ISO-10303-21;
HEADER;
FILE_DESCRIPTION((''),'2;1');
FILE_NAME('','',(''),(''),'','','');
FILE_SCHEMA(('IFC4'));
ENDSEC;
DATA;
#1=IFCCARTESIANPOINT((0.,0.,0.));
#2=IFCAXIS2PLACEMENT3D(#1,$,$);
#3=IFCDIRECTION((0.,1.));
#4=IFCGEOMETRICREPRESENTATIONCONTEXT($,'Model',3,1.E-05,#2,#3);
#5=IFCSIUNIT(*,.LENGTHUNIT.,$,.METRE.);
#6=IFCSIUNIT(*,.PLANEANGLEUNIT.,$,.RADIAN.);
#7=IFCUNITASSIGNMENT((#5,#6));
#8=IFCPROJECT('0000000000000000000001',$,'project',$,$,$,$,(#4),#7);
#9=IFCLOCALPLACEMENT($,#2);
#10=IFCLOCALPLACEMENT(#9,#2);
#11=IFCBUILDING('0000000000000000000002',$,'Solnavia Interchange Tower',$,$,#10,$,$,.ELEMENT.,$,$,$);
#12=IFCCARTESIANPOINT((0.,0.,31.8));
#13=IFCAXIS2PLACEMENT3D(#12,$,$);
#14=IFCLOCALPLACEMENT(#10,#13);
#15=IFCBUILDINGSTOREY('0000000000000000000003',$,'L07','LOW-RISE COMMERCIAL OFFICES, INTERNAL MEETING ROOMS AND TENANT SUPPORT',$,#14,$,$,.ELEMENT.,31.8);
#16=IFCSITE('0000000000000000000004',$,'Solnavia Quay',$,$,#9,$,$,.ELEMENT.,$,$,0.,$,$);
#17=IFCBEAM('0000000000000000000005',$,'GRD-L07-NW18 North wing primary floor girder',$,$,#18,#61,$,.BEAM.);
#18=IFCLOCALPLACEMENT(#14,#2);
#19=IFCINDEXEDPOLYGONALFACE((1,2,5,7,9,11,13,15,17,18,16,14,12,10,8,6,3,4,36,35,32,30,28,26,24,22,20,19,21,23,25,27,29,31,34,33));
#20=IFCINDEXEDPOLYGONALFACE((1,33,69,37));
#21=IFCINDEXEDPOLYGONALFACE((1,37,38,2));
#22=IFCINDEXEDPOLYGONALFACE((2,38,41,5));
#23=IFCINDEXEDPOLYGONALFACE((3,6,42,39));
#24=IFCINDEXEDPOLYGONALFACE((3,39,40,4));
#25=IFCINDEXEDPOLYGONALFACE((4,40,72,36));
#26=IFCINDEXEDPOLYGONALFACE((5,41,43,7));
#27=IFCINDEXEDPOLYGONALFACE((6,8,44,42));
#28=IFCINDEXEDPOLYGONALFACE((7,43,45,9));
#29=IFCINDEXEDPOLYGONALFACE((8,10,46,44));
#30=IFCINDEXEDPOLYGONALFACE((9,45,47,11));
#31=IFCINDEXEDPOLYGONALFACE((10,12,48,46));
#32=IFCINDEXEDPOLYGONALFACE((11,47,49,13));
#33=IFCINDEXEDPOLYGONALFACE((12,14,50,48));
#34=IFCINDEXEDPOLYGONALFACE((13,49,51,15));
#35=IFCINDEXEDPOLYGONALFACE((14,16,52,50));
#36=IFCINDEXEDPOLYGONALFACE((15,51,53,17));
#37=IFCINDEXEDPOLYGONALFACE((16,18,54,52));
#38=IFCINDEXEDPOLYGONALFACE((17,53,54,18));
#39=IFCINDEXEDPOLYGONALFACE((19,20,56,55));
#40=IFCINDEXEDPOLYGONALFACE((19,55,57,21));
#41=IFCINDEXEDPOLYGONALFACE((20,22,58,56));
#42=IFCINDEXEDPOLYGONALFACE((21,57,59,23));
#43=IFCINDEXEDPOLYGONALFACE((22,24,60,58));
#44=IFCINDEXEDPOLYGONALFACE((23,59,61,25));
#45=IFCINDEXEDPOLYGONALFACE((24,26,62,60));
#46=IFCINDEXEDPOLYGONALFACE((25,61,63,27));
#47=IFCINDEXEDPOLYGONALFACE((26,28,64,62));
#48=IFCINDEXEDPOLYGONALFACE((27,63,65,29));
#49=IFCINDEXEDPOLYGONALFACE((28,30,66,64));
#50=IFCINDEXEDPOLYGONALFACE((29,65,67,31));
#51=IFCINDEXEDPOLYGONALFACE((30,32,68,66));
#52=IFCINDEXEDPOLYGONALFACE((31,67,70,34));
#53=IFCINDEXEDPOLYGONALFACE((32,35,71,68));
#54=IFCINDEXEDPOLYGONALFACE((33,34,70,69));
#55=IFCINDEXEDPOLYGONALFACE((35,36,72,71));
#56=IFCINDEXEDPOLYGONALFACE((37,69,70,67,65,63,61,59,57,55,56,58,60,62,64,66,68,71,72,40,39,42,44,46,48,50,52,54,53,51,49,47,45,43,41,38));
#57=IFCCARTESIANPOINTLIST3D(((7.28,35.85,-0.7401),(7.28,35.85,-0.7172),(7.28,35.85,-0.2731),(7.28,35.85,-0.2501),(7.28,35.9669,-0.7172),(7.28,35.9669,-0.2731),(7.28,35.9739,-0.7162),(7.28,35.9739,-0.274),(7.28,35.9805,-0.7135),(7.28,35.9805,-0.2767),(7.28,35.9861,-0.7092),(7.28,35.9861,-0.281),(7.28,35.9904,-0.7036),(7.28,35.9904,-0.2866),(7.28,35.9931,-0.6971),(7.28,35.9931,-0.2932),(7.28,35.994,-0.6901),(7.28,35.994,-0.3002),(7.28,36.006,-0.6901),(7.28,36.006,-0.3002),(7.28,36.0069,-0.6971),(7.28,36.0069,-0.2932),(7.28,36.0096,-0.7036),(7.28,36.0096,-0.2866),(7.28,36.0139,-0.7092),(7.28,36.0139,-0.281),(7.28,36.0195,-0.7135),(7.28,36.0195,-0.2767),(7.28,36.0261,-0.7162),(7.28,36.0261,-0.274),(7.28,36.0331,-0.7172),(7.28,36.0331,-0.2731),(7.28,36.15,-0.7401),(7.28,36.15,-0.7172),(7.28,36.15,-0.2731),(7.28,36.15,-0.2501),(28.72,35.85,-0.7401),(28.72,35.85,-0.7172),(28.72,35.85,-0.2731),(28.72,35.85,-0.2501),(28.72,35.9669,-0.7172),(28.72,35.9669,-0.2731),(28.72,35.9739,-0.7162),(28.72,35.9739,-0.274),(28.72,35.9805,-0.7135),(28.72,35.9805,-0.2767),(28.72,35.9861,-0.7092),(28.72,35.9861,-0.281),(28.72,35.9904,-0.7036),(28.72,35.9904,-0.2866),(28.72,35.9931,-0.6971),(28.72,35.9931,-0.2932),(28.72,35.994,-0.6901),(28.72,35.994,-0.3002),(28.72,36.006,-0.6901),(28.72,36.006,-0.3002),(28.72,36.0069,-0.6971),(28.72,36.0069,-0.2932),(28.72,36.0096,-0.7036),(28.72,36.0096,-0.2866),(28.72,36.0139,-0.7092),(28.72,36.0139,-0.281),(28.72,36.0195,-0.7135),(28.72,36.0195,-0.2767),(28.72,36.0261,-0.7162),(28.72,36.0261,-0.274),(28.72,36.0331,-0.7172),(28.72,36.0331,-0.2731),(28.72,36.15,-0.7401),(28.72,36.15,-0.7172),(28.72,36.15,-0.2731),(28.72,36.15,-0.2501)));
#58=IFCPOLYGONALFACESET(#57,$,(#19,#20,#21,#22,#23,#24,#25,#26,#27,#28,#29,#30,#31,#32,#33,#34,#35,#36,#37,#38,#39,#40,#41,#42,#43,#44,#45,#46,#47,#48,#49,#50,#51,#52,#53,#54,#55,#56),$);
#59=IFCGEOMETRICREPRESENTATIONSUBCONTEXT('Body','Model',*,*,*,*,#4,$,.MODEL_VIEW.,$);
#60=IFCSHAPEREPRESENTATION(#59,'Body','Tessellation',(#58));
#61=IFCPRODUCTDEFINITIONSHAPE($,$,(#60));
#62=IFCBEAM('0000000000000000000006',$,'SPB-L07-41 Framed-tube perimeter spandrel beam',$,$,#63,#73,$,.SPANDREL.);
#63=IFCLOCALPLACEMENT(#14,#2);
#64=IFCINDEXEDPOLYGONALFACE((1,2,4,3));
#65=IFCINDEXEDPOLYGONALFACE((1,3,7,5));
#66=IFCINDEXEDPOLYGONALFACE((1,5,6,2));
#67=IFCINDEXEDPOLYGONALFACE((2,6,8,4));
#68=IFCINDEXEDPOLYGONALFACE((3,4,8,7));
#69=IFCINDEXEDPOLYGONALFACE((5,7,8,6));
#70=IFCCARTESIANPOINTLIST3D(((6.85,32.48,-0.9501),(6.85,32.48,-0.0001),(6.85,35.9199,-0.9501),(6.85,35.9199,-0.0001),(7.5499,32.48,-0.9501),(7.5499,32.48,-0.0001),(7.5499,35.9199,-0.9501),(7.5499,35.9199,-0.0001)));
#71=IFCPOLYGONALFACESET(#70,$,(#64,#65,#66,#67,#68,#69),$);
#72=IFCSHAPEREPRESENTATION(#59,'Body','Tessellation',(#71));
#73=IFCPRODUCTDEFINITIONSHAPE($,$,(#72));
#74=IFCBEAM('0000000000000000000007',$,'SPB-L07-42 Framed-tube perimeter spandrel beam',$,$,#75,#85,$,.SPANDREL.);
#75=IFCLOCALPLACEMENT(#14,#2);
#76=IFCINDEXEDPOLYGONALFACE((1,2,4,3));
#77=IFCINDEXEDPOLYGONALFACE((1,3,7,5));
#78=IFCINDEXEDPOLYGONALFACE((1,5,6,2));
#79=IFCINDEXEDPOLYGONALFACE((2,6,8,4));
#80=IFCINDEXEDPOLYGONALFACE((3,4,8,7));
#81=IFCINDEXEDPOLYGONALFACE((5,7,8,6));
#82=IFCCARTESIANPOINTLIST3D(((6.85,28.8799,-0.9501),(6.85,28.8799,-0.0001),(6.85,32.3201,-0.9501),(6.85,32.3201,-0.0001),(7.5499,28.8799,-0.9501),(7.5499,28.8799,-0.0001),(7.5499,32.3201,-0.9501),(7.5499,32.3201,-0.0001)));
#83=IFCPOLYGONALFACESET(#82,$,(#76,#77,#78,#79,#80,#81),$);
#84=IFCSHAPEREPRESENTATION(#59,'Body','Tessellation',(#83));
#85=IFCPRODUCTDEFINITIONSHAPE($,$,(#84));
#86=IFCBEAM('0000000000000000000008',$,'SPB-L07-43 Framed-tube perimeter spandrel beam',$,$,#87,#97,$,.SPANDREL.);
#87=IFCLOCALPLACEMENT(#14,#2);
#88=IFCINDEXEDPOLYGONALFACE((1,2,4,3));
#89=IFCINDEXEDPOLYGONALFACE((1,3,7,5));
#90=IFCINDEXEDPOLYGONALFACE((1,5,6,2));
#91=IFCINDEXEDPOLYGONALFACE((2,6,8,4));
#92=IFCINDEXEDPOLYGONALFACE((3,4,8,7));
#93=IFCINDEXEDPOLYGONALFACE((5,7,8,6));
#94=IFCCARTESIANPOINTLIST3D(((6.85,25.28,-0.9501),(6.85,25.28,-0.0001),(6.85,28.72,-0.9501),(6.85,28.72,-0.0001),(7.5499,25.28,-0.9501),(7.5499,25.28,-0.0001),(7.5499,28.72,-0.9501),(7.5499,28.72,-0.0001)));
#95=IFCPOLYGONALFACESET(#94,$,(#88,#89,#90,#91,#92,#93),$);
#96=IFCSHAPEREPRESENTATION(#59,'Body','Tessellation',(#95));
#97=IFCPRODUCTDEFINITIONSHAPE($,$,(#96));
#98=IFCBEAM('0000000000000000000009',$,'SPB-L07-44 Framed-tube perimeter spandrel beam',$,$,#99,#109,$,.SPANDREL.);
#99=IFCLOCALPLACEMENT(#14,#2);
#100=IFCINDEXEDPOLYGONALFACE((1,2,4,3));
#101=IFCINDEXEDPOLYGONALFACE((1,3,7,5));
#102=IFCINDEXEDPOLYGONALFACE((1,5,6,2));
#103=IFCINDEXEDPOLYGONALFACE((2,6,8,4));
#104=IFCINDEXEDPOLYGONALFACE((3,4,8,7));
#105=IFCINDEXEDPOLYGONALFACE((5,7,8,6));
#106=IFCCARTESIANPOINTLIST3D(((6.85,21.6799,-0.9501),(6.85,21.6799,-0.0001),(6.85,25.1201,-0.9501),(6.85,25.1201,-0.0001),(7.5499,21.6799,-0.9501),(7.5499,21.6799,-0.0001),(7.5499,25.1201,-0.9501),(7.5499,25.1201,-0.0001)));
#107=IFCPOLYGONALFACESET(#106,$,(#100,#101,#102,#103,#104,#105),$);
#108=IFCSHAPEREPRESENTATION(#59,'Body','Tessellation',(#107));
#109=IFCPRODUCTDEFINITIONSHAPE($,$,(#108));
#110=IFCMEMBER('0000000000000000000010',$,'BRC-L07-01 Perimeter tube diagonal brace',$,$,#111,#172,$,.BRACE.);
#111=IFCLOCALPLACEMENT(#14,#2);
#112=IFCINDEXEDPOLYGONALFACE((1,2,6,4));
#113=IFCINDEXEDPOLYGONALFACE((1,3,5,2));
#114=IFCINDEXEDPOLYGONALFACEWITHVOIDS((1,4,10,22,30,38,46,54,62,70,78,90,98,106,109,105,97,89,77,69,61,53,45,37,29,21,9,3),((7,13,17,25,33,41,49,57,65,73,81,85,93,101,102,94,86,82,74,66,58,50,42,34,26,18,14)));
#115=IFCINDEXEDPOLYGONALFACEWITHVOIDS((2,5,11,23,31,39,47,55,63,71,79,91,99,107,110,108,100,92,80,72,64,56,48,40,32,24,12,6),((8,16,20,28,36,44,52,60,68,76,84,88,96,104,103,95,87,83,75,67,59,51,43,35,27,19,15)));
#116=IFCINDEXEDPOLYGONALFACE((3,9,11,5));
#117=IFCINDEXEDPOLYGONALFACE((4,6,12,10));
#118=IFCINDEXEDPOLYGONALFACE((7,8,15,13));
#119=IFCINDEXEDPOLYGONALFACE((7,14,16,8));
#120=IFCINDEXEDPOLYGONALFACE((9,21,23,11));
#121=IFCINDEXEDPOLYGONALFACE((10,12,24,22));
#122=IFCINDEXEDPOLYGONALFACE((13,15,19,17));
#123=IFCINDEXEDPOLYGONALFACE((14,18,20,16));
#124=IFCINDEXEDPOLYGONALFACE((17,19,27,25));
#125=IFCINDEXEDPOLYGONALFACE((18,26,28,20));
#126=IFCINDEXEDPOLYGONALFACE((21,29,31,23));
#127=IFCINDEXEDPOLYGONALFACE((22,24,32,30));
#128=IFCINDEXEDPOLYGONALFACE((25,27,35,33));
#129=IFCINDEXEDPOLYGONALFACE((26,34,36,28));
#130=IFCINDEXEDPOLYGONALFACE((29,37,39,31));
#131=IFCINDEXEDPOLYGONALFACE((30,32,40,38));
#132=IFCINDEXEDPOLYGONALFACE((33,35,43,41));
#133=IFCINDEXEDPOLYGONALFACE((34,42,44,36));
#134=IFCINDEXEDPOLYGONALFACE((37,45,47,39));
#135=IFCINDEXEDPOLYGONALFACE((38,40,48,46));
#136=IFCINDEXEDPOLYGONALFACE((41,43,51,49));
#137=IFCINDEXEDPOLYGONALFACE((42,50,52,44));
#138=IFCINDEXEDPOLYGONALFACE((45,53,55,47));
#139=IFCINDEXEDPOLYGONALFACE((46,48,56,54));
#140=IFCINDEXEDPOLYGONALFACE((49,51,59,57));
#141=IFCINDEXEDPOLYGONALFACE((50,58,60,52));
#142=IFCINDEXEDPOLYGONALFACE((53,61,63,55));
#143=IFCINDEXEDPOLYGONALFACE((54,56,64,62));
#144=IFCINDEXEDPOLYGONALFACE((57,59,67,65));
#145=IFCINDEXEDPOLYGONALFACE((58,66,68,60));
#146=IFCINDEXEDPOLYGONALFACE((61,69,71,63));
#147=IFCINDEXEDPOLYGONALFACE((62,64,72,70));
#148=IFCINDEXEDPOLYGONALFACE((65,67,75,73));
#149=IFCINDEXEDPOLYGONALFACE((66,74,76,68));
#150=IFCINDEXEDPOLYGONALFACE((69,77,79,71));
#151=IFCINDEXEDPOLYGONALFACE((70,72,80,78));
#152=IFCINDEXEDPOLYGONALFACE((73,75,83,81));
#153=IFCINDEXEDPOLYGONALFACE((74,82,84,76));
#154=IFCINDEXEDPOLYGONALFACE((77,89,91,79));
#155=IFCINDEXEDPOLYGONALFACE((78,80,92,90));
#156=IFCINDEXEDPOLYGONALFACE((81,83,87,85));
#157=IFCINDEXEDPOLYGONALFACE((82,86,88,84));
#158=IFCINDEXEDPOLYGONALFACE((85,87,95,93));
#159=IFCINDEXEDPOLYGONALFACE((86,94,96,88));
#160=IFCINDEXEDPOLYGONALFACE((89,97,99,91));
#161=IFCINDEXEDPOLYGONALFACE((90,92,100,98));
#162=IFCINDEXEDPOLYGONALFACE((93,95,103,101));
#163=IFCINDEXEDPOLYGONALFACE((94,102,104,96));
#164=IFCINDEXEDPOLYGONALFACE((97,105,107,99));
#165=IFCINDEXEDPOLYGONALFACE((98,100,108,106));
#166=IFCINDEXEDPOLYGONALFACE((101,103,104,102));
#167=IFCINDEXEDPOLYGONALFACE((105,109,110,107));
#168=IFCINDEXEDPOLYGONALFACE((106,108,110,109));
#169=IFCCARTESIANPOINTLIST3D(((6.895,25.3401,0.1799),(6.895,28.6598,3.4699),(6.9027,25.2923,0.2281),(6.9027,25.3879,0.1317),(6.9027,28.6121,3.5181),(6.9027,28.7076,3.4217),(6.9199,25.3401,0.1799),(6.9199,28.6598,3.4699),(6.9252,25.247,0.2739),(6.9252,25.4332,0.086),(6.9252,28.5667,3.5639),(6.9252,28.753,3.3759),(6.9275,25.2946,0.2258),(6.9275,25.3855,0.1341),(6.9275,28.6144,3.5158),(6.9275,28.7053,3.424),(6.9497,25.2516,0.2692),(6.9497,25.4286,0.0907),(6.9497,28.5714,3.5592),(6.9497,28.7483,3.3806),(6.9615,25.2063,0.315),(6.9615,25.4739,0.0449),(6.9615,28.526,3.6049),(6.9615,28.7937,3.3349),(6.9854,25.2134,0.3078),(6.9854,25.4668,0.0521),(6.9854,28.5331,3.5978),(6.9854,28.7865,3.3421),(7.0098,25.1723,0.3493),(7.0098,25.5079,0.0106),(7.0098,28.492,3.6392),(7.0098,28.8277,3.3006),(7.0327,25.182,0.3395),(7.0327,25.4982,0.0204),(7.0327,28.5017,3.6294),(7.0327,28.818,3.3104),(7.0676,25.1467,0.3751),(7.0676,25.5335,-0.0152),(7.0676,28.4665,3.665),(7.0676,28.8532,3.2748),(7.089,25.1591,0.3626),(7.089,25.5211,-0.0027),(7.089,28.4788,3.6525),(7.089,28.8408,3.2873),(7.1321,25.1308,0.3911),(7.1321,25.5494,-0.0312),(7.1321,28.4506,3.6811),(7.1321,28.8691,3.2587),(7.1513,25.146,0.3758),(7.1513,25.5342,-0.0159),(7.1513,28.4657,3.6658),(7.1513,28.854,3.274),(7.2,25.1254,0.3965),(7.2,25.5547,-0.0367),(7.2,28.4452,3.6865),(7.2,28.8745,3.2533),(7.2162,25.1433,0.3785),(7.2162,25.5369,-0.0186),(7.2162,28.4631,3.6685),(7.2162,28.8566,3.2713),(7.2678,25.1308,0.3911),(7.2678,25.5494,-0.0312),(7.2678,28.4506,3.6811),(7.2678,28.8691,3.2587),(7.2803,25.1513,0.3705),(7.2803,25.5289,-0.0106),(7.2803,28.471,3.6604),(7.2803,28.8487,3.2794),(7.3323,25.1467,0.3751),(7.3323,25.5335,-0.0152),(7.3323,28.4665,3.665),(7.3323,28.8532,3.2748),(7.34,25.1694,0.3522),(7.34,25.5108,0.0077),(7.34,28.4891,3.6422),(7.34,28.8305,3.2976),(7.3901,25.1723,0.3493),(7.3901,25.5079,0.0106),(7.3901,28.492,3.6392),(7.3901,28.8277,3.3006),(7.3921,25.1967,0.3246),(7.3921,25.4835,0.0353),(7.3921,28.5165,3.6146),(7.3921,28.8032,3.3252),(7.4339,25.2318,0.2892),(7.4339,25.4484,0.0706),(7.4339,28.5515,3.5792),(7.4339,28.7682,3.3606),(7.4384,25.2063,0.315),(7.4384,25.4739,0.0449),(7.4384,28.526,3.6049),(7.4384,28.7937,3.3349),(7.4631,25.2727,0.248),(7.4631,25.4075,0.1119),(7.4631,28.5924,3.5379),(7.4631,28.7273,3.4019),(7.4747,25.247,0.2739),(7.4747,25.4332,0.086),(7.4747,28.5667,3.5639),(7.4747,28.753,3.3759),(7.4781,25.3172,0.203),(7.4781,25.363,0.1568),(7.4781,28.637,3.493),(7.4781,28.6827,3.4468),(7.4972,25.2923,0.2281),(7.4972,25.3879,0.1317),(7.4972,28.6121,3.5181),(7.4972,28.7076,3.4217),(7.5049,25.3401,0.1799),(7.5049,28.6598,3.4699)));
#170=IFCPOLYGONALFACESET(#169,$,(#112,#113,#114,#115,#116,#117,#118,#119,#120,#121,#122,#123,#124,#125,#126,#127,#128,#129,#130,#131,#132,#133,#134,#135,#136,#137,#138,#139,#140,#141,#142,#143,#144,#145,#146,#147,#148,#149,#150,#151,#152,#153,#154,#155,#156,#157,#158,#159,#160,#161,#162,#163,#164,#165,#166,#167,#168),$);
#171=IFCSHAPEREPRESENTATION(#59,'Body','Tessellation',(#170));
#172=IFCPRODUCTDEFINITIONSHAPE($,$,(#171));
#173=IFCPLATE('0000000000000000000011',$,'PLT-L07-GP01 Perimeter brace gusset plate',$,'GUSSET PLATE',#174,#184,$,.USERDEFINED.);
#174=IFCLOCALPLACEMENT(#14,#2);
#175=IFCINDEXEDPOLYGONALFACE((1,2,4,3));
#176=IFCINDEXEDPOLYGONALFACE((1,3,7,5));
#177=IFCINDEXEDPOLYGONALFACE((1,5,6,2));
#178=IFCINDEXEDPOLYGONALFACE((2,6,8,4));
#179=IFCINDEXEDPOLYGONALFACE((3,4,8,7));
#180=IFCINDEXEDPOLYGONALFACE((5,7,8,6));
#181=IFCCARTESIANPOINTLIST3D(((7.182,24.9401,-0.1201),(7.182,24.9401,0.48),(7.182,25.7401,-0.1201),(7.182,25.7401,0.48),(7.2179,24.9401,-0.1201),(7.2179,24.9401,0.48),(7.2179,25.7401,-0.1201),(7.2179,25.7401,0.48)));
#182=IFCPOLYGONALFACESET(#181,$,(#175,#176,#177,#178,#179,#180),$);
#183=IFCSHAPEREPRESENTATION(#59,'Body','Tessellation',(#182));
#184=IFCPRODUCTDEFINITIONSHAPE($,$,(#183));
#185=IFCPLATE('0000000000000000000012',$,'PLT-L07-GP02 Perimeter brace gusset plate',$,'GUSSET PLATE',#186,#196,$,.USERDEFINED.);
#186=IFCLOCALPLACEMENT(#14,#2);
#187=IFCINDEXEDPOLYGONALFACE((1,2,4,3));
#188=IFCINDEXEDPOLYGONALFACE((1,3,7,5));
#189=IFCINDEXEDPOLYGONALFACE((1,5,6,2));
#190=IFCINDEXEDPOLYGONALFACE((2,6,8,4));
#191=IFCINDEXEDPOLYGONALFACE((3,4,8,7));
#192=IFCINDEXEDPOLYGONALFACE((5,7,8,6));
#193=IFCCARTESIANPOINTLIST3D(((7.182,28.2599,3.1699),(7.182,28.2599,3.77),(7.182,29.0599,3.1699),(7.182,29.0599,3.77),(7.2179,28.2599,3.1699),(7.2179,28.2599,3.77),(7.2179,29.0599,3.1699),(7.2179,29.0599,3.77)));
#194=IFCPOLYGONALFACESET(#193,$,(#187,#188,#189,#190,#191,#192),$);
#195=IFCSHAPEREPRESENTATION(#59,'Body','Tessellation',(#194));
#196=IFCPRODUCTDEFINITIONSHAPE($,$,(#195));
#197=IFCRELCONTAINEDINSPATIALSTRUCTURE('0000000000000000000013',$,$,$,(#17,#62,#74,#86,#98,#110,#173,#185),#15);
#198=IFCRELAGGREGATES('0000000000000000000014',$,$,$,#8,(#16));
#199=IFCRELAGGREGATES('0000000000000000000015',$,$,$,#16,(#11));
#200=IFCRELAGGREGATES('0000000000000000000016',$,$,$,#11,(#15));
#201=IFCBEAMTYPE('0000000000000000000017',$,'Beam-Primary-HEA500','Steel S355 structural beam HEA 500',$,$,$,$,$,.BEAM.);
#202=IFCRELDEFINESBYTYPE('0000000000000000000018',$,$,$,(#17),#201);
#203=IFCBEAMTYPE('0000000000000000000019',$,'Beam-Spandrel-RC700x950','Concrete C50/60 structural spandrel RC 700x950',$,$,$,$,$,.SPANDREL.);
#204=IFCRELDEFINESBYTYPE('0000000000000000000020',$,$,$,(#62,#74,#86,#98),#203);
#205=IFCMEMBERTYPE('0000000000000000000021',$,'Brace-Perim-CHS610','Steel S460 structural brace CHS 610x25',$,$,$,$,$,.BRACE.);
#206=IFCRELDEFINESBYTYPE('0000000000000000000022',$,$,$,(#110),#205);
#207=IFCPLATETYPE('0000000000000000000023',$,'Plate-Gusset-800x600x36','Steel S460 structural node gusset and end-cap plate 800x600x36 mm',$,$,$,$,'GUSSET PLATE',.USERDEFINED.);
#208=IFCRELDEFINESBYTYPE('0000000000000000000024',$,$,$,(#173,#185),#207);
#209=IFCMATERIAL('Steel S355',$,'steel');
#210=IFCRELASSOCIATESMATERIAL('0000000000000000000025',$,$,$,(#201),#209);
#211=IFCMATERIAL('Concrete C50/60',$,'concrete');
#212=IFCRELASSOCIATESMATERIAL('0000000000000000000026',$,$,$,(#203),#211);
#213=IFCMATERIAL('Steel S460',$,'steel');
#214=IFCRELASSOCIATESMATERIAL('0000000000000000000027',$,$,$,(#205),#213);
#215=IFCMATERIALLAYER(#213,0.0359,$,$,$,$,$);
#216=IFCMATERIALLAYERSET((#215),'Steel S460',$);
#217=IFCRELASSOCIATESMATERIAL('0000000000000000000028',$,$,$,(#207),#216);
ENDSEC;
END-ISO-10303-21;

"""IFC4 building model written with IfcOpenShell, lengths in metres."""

from ifc_helpers import new_model, si_unit, direction, frame, origin, origin_2d, place, context, subcontext, project, spatial, rectangle, hollow_circle, i_section, extrude, material, layer, layer_set, material_profile, profile_set, type_object, element, save


model = new_model("IFC4")

# Units and contexts
model_context = context("Model", 3, precision=1e-05, world=origin(), true_north=direction((0.0, 1.0)))
body_context = subcontext(model_context, "Body", "Model", "MODEL_VIEW")
ifc_project = project(units=[si_unit("LENGTHUNIT", "METRE"), si_unit("PLANEANGLEUNIT", "RADIAN")], contexts=[model_context])

# Site, building, storey
site_placement = place(None, origin())
site = spatial("IfcSite", under=ifc_project, at=site_placement, Name="Solnavia Quay", CompositionType="ELEMENT", RefElevation=0.0)
building_placement = place(site_placement, origin())
building = spatial("IfcBuilding", under=site, at=building_placement, Name="Solnavia Interchange Tower", CompositionType="ELEMENT")
storey_placement = place(building_placement, frame((0.0, 0.0, 31.8)))
storey = spatial("IfcBuildingStorey", under=building, at=storey_placement, Name="L07", Description="LOW-RISE COMMERCIAL OFFICES, INTERNAL MEETING ROOMS AND TENANT SUPPORT", CompositionType="ELEMENT", Elevation=31.8)

# Beams
ifc_material_1 = material(Name="Steel S460", Category="steel")
ifc_material_2 = material(Name="Steel S355", Category="steel")
ifc_material_profile_1 = material_profile(ifc_material_2, i_section(OverallWidth=0.3, OverallDepth=0.49, WebThickness=0.012, FlangeThickness=0.0229, FilletRadius=0.0271, at=origin_2d()), Name="HEA 500")
ifc_profile_set_1 = profile_set([ifc_material_profile_1], Name="Steel S355")
beam_type_1 = type_object("IfcBeamType", Name="Beam-Primary-HEA500", Description="Steel S355 structural beam HEA 500", PredefinedType="BEAM", material=ifc_profile_set_1)
for number, where, z_axis, x_axis, name in (
    (1, (7.28, 36.0, -0.4951), (1.0, 0.0, 0.0), (0.0, 1.0, 0.0), "GRD-L07-NW18 North wing primary floor girder"),
):
    element("IfcBeam", number, at=place(storey_placement, frame(where, z_axis=z_axis, x_axis=x_axis)), inside=storey, type_object=beam_type_1, Name=name, PredefinedType="BEAM", context=body_context, shape_type="SweptSolid", body=[
        extrude(i_section(OverallWidth=0.3, OverallDepth=0.49, WebThickness=0.012, FlangeThickness=0.0229, FilletRadius=0.0271, at=origin_2d()), origin(), (0.0, 0.0, 1.0), 21.4399),
    ])
ifc_material_3 = material(Name="Concrete C50/60", Category="concrete")
ifc_material_profile_2 = material_profile(ifc_material_3, rectangle(XDim=0.7, YDim=0.95, at=origin_2d()), Name="RC 700x950")
ifc_profile_set_2 = profile_set([ifc_material_profile_2], Name="Concrete C50/60")
beam_type_2 = type_object("IfcBeamType", Name="Beam-Spandrel-RC700x950", Description="Concrete C50/60 structural spandrel RC 700x950", PredefinedType="SPANDREL", material=ifc_profile_set_2)
beam_1_placement = place(storey_placement, frame((7.2, 35.9199, -0.4751), z_axis=(0.0, -1.0, 0.0), x_axis=(1.0, 0.0, 0.0)))
element("IfcBeam", 2, at=beam_1_placement, inside=storey, type_object=beam_type_2, Name="SPB-L07-41 Framed-tube perimeter spandrel beam", PredefinedType="SPANDREL", context=body_context, shape_type="SweptSolid", body=[
    extrude(rectangle(XDim=0.7, YDim=0.95, at=origin_2d()), origin(), (0.0, 0.0, 1.0), 3.4399),
])
beam_2_placement = place(storey_placement, frame((7.2, 32.3201, -0.4751), z_axis=(0.0, -1.0, 0.0), x_axis=(1.0, 0.0, 0.0)))
element("IfcBeam", 3, at=beam_2_placement, inside=storey, type_object=beam_type_2, Name="SPB-L07-42 Framed-tube perimeter spandrel beam", PredefinedType="SPANDREL", context=body_context, shape_type="SweptSolid", body=[
    extrude(rectangle(XDim=0.7, YDim=0.95, at=origin_2d()), origin(), (0.0, 0.0, 1.0), 3.4402),
])
beam_3_placement = place(storey_placement, frame((7.2, 28.72, -0.4751), z_axis=(0.0, -1.0, 0.0), x_axis=(1.0, 0.0, 0.0)))
element("IfcBeam", 4, at=beam_3_placement, inside=storey, type_object=beam_type_2, Name="SPB-L07-43 Framed-tube perimeter spandrel beam", PredefinedType="SPANDREL", context=body_context, shape_type="SweptSolid", body=[
    extrude(rectangle(XDim=0.7, YDim=0.95, at=origin_2d()), origin(), (0.0, 0.0, 1.0), 3.4399),
])
beam_4_placement = place(storey_placement, frame((7.2, 25.1201, -0.4751), z_axis=(0.0, -1.0, 0.0), x_axis=(1.0, 0.0, 0.0)))
element("IfcBeam", 5, at=beam_4_placement, inside=storey, type_object=beam_type_2, Name="SPB-L07-44 Framed-tube perimeter spandrel beam", PredefinedType="SPANDREL", context=body_context, shape_type="SweptSolid", body=[
    extrude(rectangle(XDim=0.7, YDim=0.95, at=origin_2d()), origin(), (0.0, 0.0, 1.0), 3.4402),
])

# Member
ifc_material_profile_3 = material_profile(ifc_material_1, hollow_circle(Radius=0.3049, WallThickness=0.0249, at=origin_2d()), Name="CHS 610x25")
ifc_profile_set_3 = profile_set([ifc_material_profile_3], Name="Steel S460")
member_type = type_object("IfcMemberType", Name="Brace-Perim-CHS610", Description="Steel S460 structural brace CHS 610x25", PredefinedType="BRACE", material=ifc_profile_set_3)
member_placement = place(storey_placement, frame((7.2, 25.3401, 0.1799), z_axis=(0.0, 0.710286, 0.703913), x_axis=(-1.0, 0.0, 0.0)))
element("IfcMember", 6, at=member_placement, inside=storey, type_object=member_type, Name="BRC-L07-01 Perimeter tube diagonal brace", PredefinedType="BRACE", context=body_context, shape_type="SweptSolid", body=[
    extrude(hollow_circle(Radius=0.3049, WallThickness=0.0249, at=origin_2d()), origin(), (0.0, 0.0, 1.0), 4.6738),
])

# Plates
ifc_layer_1 = layer(ifc_material_1, 0.0359)
ifc_layer_set_1 = layer_set([ifc_layer_1], Name="Steel S460")
plate_type = type_object("IfcPlateType", Name="Plate-Gusset-800x600x36", Description="Steel S460 structural node gusset and end-cap plate 800x600x36 mm", ElementType="GUSSET PLATE", PredefinedType="USERDEFINED", material=ifc_layer_set_1)
for number, where, z_axis, x_axis, name in (
    (7, (7.2, 25.3401, -0.1201), (0.0, 0.0, 1.0), (0.0, 1.0, 0.0), "PLT-L07-GP01 Perimeter brace gusset plate"),
    (8, (7.2, 28.6599, 3.1699), (0.0, 0.0, 1.0), (0.0, 1.0, 0.0), "PLT-L07-GP02 Perimeter brace gusset plate"),
):
    element("IfcPlate", number, at=place(storey_placement, frame(where, z_axis=z_axis, x_axis=x_axis)), inside=storey, type_object=plate_type, Name=name, ObjectType="GUSSET PLATE", PredefinedType="USERDEFINED", context=body_context, shape_type="SweptSolid", body=[
        extrude(rectangle(XDim=0.8, YDim=0.0359, at=origin_2d()), origin(), (0.0, 0.0, 1.0), 0.6001),
    ])

save(model, "model.ifc")
